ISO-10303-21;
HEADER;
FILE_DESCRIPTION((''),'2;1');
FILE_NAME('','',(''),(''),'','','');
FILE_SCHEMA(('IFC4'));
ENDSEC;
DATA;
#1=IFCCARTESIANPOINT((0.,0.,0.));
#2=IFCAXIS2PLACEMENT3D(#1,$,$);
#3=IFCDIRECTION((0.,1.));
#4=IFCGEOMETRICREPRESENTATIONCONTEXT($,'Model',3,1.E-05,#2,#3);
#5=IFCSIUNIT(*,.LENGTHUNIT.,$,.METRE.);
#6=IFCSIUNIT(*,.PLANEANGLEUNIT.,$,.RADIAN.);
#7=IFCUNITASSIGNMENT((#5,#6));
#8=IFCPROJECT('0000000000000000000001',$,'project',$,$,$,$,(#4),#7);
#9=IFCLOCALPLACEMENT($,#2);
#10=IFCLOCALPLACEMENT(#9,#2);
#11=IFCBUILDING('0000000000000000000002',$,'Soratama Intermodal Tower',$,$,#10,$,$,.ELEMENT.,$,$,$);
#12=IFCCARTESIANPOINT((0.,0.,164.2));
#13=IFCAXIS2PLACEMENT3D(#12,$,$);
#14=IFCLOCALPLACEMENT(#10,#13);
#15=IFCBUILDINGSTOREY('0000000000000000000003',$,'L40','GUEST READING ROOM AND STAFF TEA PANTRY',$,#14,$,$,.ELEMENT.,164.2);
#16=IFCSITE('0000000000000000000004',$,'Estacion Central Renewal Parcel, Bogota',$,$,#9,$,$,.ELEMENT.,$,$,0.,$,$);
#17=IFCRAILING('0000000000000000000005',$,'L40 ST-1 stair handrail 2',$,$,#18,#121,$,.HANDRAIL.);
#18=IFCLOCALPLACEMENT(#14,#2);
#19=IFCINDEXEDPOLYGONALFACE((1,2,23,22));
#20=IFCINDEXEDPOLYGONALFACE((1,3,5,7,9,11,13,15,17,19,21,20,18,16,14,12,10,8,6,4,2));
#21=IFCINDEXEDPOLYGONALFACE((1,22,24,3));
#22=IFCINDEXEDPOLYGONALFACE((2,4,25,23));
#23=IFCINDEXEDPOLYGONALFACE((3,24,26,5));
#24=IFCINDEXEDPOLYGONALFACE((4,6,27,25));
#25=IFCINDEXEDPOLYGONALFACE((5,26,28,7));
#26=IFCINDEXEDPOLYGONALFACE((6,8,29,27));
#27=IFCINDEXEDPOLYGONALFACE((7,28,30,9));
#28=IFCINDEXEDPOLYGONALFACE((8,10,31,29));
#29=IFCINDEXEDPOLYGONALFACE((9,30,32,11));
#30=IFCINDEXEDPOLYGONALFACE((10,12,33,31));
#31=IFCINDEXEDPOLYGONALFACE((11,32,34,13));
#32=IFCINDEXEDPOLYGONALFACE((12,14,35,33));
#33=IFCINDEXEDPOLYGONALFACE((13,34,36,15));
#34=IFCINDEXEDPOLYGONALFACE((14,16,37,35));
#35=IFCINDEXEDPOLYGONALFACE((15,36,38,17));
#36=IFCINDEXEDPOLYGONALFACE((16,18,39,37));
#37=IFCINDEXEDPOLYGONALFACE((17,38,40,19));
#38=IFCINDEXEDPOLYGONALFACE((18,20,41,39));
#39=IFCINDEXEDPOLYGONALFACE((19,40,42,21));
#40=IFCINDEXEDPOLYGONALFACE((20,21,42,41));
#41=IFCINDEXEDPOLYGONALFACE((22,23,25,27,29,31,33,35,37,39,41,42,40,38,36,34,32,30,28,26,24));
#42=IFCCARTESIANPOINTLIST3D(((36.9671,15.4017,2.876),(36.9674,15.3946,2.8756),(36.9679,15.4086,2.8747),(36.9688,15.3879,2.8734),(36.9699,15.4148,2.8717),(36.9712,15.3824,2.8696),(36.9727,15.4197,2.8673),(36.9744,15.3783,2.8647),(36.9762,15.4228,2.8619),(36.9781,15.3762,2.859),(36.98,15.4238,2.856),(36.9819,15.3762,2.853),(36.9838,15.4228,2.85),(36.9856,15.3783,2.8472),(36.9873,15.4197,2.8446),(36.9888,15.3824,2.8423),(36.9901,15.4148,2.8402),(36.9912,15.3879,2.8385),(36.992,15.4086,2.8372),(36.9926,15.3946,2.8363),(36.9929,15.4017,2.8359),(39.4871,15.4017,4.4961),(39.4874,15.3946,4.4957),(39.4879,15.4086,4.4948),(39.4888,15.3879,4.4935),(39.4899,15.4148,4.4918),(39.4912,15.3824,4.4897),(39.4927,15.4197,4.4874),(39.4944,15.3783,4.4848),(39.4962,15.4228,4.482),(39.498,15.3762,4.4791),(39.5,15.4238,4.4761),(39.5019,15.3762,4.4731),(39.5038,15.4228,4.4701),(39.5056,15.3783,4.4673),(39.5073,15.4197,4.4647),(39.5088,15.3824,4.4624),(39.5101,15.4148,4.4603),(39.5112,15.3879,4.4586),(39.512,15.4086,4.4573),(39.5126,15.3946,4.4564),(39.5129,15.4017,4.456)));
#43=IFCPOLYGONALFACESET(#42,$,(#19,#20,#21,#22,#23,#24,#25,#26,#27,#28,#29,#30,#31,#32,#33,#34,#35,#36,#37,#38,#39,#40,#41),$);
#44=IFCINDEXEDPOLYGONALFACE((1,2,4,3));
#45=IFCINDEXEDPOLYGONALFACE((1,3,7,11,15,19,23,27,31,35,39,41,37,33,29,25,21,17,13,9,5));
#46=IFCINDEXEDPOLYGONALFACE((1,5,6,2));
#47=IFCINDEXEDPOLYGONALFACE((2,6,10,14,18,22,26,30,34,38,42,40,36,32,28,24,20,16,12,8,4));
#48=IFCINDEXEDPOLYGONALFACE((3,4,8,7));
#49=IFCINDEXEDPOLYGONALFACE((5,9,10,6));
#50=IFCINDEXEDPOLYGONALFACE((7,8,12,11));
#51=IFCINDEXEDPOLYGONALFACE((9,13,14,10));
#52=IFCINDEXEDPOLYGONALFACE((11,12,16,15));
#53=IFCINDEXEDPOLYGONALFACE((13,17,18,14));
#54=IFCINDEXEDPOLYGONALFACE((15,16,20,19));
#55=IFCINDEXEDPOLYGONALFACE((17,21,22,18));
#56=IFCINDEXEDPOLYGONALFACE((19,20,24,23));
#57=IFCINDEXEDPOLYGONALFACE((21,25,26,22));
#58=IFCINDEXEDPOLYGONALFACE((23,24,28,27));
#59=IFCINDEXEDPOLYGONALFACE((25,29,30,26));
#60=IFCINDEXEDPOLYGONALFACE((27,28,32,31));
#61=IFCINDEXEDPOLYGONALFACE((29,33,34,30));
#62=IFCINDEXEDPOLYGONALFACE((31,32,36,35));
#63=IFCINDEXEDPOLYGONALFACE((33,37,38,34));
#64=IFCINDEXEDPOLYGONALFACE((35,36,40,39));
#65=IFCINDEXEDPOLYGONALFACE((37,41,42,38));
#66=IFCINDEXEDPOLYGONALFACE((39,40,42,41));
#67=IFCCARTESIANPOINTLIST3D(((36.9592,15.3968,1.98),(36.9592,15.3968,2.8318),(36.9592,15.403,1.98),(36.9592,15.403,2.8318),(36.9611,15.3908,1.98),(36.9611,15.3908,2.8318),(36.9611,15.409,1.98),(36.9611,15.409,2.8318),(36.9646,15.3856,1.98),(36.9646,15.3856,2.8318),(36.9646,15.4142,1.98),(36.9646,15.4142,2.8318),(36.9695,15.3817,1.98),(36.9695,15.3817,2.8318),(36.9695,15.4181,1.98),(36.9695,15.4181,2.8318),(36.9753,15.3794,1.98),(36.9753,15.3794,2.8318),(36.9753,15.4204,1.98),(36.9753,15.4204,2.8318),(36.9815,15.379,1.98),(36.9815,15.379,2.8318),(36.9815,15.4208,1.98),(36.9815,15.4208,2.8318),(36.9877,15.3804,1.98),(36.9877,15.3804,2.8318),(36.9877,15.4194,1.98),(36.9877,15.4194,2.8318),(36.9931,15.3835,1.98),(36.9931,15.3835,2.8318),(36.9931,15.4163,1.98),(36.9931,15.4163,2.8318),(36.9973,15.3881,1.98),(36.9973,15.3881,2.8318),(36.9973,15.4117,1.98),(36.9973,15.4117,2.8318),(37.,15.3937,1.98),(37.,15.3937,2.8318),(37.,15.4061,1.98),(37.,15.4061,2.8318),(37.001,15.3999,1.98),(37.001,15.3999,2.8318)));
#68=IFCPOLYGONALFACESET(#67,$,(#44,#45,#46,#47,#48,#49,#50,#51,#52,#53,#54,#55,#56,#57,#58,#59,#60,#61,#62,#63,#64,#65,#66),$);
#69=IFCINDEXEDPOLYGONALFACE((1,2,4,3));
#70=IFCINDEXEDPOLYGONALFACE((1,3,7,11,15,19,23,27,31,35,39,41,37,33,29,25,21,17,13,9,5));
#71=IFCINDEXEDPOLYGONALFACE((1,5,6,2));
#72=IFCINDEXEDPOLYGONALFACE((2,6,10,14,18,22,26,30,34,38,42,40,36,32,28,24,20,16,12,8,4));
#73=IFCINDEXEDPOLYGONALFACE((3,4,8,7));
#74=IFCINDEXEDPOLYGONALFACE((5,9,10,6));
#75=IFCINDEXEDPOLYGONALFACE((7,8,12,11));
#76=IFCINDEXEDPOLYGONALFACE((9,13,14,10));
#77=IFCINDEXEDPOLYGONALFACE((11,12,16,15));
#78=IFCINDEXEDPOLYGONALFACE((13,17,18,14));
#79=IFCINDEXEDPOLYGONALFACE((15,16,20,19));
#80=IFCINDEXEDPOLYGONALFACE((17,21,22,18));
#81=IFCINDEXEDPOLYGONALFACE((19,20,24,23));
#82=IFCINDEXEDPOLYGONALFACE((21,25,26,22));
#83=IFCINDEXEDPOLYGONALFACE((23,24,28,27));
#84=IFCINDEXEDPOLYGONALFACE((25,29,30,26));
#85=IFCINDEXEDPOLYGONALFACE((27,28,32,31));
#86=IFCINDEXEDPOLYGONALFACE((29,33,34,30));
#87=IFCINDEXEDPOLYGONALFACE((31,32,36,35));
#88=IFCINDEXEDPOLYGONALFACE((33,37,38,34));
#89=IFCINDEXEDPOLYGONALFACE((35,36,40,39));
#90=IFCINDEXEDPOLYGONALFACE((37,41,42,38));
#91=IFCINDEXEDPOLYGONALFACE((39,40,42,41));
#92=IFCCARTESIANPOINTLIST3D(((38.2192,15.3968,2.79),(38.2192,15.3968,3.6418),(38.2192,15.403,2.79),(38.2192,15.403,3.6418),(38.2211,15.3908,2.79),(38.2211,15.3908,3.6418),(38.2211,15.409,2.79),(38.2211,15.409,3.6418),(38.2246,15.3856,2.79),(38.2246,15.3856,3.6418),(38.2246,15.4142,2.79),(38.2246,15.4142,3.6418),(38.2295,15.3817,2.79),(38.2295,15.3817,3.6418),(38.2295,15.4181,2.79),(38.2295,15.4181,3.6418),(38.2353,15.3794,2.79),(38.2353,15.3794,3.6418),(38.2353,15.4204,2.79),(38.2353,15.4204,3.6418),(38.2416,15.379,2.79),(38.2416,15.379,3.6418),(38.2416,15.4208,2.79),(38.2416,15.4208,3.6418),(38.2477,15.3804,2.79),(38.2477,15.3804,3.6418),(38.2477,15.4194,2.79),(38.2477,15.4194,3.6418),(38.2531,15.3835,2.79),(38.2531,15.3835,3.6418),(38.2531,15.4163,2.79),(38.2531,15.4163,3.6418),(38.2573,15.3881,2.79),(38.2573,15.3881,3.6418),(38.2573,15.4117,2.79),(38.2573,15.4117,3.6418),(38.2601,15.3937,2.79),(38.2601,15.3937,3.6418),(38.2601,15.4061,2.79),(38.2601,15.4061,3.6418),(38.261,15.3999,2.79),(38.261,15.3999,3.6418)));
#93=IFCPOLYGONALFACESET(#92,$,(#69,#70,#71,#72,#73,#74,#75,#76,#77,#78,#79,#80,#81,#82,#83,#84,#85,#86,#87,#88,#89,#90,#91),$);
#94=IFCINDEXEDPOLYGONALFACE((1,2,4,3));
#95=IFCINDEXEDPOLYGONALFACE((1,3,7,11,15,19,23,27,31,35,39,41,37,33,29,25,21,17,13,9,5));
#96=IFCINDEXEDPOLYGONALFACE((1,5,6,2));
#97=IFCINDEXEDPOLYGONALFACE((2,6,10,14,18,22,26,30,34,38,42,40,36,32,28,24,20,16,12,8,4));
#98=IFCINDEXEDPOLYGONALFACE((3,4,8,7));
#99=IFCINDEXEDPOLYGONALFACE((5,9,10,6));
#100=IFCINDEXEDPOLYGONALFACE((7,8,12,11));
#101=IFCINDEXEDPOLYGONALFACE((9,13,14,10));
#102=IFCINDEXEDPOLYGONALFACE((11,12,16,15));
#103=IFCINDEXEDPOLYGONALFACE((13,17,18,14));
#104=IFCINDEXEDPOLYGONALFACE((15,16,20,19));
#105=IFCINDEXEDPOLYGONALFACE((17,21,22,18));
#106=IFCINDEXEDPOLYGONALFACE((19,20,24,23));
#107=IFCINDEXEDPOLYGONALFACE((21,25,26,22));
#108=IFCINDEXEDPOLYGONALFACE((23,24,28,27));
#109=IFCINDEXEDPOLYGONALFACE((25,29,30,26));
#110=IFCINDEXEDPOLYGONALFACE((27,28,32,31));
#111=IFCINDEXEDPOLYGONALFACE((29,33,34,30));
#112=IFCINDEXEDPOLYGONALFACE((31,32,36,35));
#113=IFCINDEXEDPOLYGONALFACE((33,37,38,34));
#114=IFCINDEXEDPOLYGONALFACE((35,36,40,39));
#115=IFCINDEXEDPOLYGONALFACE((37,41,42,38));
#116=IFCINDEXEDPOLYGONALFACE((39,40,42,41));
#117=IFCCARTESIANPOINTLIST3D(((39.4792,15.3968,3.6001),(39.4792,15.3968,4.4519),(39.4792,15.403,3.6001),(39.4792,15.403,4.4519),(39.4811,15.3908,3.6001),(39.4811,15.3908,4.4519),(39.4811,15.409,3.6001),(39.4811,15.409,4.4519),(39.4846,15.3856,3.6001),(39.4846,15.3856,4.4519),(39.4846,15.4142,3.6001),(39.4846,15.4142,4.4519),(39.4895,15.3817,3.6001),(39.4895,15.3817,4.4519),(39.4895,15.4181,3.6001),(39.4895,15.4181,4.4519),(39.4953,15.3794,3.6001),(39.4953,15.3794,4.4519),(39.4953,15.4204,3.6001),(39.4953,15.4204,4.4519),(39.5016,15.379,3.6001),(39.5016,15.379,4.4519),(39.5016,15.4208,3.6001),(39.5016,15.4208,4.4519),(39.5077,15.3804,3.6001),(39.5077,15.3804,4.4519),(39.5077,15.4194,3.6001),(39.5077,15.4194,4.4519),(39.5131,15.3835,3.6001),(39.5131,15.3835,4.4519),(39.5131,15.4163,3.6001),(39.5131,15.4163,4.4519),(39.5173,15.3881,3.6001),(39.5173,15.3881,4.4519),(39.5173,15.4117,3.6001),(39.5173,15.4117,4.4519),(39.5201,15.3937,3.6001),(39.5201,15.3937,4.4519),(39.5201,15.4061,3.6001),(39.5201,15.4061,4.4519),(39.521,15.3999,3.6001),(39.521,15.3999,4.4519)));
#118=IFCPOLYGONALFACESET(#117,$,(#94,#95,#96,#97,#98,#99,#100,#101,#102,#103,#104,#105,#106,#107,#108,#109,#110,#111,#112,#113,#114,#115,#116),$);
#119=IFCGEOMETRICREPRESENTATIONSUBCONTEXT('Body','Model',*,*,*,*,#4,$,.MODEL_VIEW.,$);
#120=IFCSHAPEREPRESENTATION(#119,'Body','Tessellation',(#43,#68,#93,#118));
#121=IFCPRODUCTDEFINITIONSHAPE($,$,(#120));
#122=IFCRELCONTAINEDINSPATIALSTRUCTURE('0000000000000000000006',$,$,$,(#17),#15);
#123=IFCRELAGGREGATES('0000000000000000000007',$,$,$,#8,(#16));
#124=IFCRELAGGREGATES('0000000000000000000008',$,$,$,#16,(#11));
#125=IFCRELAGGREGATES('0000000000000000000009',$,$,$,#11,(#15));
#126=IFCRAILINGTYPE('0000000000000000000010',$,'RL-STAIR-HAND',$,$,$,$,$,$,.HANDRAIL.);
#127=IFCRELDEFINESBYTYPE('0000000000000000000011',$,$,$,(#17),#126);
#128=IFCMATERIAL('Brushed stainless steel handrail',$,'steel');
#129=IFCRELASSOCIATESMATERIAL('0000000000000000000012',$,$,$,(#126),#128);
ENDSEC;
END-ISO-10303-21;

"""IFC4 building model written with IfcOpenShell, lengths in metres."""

from ifc_helpers import new_model, si_unit, direction, frame, origin, origin_2d, place, context, subcontext, project, spatial, circle, extrude, material, type_object, element, save


model = new_model("IFC4")

# Units and contexts
model_context = context("Model", 3, precision=1e-05, world=origin(), true_north=direction((0.0, 1.0)))
body_context = subcontext(model_context, "Body", "Model", "MODEL_VIEW")
ifc_project = project(units=[si_unit("LENGTHUNIT", "METRE"), si_unit("PLANEANGLEUNIT", "RADIAN")], contexts=[model_context])

# Site, building, storey
site_placement = place(None, origin())
site = spatial("IfcSite", under=ifc_project, at=site_placement, Name="Estacion Central Renewal Parcel, Bogota", CompositionType="ELEMENT", RefElevation=0.0)
building_placement = place(site_placement, origin())
building = spatial("IfcBuilding", under=site, at=building_placement, Name="Soratama Intermodal Tower", CompositionType="ELEMENT")
storey_placement = place(building_placement, frame((0.0, 0.0, 164.2)))
storey = spatial("IfcBuildingStorey", under=building, at=storey_placement, Name="L40", Description="GUEST READING ROOM AND STAFF TEA PANTRY", CompositionType="ELEMENT", Elevation=164.2)

# Railing
ifc_material_1 = material(Name="Brushed stainless steel handrail", Category="steel")
railing_type_1 = type_object("IfcRailingType", Name="RL-STAIR-HAND", PredefinedType="HANDRAIL", material=ifc_material_1)
railing_1_placement = place(storey_placement, frame((36.98, 15.3999, 1.98)))
element("IfcRailing", 1, at=railing_1_placement, inside=storey, type_object=railing_type_1, Name="L40 ST-1 stair handrail 2", PredefinedType="HANDRAIL", context=body_context, shape_type="SweptSolid", body=[
    extrude(circle(Radius=0.0239, at=origin_2d()), frame((0.0, 0.0, 0.876), z_axis=(0.841163, 0.0, 0.540782), x_axis=(0.0, 1.0, 0.0)), (0.0, 0.0, 1.0), 2.9958),
    extrude(circle(Radius=0.021, at=origin_2d()), origin(), (0.0, 0.0, 1.0), 0.8518),
    extrude(circle(Radius=0.021, at=origin_2d()), frame((1.26, 0.0, 0.8101)), (0.0, 0.0, 1.0), 0.8518),
    extrude(circle(Radius=0.021, at=origin_2d()), frame((2.52, 0.0, 1.6201)), (0.0, 0.0, 1.0), 0.8518),
])

save(model, "model.ifc")
